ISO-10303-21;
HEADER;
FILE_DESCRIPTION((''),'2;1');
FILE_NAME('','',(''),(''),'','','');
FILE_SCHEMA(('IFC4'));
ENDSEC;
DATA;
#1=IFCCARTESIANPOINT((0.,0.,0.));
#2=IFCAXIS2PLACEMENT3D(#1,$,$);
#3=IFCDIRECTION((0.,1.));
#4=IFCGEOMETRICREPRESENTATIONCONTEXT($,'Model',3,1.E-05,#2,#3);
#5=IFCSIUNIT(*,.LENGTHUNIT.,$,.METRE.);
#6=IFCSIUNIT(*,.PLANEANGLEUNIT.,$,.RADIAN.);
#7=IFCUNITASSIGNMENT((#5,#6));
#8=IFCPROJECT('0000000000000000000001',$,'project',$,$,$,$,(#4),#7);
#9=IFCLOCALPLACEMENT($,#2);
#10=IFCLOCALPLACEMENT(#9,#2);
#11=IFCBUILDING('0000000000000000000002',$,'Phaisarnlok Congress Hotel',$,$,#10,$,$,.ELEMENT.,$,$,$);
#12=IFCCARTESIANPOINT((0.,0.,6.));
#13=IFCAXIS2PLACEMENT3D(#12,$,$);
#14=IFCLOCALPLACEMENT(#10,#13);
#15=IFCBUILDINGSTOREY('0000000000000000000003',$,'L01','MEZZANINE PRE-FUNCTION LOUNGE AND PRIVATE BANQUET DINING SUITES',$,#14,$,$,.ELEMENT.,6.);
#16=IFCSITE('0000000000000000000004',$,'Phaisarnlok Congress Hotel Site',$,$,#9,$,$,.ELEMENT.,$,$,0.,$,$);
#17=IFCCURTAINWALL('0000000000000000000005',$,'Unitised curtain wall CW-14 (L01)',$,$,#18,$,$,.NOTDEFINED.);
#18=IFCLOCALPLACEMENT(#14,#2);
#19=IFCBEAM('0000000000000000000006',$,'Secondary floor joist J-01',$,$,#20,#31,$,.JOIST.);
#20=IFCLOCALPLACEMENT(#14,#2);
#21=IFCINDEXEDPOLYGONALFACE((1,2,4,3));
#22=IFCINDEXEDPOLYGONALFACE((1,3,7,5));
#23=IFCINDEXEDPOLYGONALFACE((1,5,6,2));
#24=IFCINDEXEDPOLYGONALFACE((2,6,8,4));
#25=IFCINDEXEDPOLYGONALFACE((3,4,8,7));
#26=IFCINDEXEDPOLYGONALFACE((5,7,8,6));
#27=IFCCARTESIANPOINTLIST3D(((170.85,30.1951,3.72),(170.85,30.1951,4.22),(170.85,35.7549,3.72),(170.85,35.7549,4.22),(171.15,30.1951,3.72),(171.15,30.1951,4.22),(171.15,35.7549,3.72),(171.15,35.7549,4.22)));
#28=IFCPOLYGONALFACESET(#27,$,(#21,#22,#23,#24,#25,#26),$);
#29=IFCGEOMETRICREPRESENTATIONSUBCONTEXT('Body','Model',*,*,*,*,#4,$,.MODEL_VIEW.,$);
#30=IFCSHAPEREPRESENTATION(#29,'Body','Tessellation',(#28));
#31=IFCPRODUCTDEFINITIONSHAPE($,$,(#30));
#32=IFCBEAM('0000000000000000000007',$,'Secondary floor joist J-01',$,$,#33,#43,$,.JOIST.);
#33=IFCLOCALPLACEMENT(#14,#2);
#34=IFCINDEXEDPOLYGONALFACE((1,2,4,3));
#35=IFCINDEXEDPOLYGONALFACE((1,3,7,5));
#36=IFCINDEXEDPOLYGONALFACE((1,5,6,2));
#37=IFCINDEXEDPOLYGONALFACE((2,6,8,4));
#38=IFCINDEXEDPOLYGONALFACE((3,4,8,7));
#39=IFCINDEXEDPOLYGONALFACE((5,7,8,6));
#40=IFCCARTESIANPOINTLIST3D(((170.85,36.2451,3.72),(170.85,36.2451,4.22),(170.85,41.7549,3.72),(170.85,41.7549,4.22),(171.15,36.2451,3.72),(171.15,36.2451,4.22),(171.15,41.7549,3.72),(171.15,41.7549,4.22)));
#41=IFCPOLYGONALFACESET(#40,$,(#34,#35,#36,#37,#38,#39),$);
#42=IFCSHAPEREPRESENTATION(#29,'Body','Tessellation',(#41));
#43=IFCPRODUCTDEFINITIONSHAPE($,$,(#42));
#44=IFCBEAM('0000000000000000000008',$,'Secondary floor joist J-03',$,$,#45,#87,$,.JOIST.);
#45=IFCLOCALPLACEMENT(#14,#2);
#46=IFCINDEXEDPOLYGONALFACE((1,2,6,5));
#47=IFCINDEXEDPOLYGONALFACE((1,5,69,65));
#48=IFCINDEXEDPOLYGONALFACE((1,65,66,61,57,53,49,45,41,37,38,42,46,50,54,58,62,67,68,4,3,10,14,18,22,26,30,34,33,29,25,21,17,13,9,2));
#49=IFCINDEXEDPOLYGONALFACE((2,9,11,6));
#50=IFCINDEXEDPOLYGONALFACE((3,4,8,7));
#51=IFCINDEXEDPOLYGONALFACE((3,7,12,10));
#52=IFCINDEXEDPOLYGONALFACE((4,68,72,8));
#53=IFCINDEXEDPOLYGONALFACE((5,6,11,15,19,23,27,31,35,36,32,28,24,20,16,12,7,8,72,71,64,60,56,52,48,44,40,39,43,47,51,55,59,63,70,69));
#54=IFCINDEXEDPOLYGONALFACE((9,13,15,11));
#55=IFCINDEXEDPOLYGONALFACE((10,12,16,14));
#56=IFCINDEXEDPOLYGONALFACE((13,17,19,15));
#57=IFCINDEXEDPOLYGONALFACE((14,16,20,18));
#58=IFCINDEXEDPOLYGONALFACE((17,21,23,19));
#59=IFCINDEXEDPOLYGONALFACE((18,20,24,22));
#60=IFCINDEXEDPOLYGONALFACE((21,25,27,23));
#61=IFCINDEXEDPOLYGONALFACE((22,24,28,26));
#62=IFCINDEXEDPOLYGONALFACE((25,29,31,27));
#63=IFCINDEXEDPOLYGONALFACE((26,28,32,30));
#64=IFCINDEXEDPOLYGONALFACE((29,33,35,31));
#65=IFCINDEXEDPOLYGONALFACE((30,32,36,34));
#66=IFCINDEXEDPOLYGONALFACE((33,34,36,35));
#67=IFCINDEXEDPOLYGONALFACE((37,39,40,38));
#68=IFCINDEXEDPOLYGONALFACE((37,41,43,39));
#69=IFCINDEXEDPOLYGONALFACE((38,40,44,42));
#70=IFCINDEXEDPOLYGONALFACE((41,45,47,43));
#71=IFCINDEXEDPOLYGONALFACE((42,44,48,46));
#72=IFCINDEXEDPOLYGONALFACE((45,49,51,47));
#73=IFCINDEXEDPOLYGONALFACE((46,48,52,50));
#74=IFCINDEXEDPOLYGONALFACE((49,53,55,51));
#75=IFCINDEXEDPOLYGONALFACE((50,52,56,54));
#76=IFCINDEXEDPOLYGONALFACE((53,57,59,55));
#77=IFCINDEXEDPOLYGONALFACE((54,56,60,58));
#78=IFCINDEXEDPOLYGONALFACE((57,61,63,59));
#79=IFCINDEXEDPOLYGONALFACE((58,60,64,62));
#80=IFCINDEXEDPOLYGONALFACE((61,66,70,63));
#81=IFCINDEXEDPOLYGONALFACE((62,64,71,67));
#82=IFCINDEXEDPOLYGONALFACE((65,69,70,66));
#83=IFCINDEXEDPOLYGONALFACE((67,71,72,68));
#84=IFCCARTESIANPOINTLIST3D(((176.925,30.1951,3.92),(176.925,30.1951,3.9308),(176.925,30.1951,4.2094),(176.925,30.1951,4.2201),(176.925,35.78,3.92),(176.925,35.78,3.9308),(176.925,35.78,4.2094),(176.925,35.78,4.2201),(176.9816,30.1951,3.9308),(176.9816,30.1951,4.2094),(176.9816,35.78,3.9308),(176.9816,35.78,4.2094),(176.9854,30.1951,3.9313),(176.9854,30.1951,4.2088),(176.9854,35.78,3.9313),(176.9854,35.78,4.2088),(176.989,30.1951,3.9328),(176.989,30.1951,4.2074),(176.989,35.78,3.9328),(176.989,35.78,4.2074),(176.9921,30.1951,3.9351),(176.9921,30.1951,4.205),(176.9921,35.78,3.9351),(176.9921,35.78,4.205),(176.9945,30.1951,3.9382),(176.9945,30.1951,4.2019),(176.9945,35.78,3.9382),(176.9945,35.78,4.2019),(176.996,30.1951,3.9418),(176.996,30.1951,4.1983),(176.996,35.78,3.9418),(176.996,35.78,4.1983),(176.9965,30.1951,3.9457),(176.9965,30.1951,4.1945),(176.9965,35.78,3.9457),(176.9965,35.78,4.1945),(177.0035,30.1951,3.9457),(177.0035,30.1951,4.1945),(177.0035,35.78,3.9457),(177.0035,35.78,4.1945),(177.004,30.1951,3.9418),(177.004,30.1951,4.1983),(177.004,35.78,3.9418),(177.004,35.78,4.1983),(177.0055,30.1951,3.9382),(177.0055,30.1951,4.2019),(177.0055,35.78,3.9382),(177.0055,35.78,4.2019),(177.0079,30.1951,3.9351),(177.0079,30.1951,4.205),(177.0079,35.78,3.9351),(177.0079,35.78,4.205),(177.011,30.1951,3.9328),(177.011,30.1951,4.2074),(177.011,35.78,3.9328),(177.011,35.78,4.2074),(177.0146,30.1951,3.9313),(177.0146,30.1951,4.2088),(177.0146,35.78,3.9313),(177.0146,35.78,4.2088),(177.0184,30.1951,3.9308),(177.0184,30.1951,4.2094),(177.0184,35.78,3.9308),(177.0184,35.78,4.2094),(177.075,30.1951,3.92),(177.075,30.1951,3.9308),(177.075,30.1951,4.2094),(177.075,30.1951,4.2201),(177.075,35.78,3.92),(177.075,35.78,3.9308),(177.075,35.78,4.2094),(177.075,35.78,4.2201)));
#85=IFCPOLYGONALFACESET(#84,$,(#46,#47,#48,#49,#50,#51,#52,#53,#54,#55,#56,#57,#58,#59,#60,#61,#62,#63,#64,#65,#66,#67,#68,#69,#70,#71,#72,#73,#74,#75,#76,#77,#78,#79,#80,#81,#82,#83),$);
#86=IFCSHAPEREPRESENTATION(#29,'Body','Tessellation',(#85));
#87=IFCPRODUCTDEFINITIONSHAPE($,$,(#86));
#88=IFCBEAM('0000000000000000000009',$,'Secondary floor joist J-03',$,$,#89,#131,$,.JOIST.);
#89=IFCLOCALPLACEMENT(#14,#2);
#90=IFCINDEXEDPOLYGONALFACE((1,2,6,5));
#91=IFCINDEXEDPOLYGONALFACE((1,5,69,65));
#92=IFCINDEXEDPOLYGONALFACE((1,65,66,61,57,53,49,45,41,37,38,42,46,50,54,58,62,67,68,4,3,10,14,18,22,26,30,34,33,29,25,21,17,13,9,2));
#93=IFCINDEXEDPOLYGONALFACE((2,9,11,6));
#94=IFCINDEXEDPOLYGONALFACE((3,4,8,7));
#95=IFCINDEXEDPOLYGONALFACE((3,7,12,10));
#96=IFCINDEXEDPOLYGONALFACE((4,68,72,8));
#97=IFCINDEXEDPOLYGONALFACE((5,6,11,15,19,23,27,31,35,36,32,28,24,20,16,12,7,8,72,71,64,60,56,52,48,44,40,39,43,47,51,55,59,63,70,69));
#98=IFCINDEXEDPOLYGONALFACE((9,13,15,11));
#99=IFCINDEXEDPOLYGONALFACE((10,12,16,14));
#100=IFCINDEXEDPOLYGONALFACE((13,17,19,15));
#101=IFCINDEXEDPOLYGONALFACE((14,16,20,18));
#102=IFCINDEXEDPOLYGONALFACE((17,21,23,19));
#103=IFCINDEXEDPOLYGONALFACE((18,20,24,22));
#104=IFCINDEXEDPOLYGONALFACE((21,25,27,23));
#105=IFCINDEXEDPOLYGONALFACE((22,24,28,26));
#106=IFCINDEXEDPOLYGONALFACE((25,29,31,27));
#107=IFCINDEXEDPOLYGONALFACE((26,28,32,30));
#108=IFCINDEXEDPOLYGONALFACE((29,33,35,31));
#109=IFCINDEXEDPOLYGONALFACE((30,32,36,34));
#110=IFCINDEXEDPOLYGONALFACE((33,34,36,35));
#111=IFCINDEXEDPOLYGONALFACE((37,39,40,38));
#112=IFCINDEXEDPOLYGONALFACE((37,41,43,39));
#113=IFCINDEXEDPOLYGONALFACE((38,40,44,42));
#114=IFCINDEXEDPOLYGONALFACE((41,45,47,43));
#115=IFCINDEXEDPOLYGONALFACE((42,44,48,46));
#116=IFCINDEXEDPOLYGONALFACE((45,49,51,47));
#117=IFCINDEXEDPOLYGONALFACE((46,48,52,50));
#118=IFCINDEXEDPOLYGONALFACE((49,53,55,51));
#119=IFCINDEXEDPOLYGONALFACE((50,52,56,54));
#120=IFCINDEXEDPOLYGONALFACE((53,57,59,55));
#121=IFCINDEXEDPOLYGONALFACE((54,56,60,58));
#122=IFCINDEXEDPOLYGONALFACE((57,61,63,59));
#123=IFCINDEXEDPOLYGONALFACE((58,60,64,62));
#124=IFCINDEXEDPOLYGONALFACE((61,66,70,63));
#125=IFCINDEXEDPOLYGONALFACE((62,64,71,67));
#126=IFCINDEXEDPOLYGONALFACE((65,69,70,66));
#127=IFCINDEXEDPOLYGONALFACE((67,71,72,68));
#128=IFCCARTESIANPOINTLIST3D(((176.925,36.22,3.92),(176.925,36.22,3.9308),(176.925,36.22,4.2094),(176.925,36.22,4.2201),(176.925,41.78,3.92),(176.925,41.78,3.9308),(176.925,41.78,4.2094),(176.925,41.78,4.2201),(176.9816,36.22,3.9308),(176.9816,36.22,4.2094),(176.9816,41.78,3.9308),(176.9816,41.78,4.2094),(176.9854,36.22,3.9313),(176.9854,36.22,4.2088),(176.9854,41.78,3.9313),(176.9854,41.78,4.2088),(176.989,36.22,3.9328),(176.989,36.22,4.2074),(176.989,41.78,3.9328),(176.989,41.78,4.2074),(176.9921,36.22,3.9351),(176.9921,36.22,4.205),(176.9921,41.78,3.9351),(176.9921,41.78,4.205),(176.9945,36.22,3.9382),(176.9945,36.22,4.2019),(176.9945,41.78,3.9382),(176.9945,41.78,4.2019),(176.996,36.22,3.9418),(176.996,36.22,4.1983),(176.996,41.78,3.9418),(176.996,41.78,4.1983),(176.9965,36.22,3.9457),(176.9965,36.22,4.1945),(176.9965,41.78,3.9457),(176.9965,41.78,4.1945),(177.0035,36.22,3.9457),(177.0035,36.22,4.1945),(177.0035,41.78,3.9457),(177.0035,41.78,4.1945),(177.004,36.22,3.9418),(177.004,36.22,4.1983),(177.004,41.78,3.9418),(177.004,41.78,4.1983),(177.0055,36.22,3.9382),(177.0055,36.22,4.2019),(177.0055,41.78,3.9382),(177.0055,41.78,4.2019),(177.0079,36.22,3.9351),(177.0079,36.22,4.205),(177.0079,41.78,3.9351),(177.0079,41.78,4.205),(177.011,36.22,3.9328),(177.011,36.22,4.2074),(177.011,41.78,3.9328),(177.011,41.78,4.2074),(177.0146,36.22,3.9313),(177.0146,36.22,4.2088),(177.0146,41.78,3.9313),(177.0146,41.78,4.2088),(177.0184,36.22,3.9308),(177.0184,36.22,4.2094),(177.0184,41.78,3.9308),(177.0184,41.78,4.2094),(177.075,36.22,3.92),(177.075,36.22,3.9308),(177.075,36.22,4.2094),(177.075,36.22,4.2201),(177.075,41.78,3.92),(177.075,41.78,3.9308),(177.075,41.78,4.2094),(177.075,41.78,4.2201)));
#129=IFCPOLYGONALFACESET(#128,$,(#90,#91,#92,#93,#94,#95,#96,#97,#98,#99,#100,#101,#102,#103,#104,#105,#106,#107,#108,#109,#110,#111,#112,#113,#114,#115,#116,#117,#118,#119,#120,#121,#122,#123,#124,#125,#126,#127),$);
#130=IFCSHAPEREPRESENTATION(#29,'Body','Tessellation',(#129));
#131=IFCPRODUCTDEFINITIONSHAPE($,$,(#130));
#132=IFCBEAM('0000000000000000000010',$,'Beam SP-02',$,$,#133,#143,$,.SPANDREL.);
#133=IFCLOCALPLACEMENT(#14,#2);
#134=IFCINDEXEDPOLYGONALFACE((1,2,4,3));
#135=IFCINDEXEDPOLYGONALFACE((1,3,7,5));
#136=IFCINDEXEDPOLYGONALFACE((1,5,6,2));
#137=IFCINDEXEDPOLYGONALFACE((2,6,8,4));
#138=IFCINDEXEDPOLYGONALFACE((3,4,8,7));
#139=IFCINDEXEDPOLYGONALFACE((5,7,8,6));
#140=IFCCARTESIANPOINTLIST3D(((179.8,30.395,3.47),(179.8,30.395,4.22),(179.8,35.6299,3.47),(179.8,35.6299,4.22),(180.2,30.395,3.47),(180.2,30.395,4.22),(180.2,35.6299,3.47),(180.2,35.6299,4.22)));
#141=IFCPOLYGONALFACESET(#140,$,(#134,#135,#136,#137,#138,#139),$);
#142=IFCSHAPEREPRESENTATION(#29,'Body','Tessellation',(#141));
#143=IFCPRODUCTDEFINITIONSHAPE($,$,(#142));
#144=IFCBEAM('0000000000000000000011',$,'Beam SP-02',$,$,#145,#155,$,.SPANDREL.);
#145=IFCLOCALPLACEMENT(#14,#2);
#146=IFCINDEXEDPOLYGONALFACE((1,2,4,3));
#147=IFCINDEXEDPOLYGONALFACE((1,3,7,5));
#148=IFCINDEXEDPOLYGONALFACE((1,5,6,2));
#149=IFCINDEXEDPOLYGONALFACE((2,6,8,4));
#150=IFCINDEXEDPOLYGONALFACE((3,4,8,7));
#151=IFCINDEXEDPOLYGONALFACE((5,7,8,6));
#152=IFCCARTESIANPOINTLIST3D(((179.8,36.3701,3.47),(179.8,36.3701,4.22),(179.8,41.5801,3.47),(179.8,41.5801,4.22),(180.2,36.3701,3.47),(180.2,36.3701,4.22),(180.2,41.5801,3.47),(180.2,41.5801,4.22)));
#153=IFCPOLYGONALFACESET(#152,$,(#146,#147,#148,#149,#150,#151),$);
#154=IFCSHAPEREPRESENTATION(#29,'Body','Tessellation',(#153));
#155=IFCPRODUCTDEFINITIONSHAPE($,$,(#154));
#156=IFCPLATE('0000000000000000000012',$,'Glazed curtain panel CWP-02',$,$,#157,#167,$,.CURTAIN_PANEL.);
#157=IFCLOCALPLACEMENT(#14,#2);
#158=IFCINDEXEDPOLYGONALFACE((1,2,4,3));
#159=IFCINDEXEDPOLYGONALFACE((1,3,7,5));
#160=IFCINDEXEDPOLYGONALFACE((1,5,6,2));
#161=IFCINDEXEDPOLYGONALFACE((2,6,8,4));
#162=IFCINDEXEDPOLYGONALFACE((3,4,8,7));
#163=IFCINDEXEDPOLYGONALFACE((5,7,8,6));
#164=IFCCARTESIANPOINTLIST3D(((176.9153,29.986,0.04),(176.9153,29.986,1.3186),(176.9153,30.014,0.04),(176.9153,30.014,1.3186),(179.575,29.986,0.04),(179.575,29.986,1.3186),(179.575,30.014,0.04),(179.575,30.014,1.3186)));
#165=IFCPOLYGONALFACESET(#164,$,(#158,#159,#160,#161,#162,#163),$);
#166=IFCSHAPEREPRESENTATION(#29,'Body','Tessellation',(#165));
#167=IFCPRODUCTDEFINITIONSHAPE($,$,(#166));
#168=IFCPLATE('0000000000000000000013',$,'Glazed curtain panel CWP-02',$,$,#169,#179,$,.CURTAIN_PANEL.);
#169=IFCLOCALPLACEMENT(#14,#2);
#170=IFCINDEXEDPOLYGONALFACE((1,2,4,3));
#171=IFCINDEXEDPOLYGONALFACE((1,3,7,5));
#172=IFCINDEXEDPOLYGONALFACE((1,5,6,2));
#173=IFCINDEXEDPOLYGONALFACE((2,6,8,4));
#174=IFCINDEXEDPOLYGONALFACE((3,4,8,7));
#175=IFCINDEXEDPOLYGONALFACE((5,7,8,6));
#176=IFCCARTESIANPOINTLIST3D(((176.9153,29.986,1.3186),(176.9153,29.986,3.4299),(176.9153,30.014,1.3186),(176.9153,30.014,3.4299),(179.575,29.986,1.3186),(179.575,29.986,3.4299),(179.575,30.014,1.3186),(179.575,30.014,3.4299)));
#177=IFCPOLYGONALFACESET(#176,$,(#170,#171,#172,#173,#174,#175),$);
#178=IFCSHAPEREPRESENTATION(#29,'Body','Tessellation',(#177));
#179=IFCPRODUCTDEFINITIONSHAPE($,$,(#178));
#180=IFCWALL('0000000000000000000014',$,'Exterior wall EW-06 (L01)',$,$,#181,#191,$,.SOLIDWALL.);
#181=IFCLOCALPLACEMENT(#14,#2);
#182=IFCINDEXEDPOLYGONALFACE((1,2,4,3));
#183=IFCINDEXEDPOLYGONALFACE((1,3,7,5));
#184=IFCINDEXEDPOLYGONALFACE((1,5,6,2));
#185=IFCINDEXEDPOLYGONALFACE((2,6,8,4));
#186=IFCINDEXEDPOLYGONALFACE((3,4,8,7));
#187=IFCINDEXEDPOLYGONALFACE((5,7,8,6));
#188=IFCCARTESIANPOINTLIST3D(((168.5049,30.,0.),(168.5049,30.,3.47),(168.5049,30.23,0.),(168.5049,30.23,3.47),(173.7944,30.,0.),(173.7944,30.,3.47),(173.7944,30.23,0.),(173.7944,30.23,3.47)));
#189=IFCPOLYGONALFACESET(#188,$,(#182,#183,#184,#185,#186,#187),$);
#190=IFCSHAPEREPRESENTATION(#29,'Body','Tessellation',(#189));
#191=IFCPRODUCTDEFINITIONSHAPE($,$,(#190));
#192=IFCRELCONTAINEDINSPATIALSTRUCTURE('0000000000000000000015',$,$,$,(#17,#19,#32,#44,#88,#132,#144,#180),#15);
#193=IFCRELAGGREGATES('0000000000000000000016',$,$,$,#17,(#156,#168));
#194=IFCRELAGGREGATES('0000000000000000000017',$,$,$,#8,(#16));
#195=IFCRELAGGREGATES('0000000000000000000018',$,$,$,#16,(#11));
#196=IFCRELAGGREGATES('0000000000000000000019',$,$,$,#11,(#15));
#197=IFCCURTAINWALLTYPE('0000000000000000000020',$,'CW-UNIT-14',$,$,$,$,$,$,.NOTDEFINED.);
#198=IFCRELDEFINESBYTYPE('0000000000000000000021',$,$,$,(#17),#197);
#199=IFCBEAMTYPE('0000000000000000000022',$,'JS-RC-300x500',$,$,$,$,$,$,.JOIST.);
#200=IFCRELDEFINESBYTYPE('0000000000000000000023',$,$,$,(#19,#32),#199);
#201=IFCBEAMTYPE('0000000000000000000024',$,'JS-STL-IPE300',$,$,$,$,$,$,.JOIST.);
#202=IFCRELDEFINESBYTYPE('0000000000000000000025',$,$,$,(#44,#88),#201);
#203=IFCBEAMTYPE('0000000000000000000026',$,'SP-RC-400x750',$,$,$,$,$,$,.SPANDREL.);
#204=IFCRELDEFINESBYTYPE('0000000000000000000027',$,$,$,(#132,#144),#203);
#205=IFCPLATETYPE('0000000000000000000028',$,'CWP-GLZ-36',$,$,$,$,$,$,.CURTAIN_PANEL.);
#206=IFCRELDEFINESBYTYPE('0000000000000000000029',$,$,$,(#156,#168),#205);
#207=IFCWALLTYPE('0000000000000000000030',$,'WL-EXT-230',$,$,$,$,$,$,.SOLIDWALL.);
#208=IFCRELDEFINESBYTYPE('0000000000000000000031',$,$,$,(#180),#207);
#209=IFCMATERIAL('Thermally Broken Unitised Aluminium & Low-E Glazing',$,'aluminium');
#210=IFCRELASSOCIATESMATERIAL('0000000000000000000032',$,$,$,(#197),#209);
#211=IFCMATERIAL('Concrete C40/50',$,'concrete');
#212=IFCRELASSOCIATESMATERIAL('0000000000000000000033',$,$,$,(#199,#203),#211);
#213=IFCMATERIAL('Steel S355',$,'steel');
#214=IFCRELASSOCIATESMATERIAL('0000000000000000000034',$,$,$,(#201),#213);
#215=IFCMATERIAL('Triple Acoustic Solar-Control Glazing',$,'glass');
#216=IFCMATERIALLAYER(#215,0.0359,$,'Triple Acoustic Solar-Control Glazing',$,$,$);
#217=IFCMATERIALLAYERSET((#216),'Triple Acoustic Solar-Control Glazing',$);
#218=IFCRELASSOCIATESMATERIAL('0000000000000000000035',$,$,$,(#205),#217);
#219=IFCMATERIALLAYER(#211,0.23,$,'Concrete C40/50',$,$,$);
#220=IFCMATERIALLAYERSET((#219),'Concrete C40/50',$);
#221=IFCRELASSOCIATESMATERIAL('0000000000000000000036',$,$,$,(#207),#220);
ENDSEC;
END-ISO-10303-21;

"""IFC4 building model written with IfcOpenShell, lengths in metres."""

from ifc_helpers import new_model, si_unit, direction, frame, frame_2d, origin, origin_2d, place, context, subcontext, project, spatial, rectangle, i_section, extrude, material, layer, layer_set, material_profile, profile_set, type_object, element, aggregate, save


model = new_model("IFC4")

# Units and contexts
model_context = context("Model", 3, precision=1e-05, world=origin(), true_north=direction((0.0, 1.0)))
body_context = subcontext(model_context, "Body", "Model", "MODEL_VIEW")
ifc_project = project(units=[si_unit("LENGTHUNIT", "METRE"), si_unit("PLANEANGLEUNIT", "RADIAN")], contexts=[model_context])

# Site, building, storey
site_placement = place(None, origin())
site = spatial("IfcSite", under=ifc_project, at=site_placement, Name="Phaisarnlok Congress Hotel Site", CompositionType="ELEMENT", RefElevation=0.0)
building_placement = place(site_placement, origin())
building = spatial("IfcBuilding", under=site, at=building_placement, Name="Phaisarnlok Congress Hotel", CompositionType="ELEMENT")
storey_placement = place(building_placement, frame((0.0, 0.0, 6.0)))
storey = spatial("IfcBuildingStorey", under=building, at=storey_placement, Name="L01", Description="MEZZANINE PRE-FUNCTION LOUNGE AND PRIVATE BANQUET DINING SUITES", CompositionType="ELEMENT", Elevation=6.0)

# Shared definitions
ifc_material_1 = material(Name="Steel S355", Category="steel")

# Shared definitions
ifc_material_2 = material(Name="Concrete C40/50", Category="concrete")

# Curtain wall
ifc_material_3 = material(Name="Thermally Broken Unitised Aluminium & Low-E Glazing", Category="aluminium")
curtain_wall_type = type_object("IfcCurtainWallType", Name="CW-UNIT-14", PredefinedType="NOTDEFINED", material=ifc_material_3)
curtain_wall_placement = place(storey_placement, origin())
curtain_wall = element("IfcCurtainWall", 1, at=curtain_wall_placement, inside=storey, type_object=curtain_wall_type, Name="Unitised curtain wall CW-14 (L01)", PredefinedType="NOTDEFINED")

# Beams
ifc_material_profile_1 = material_profile(ifc_material_2, rectangle(XDim=0.3, YDim=0.5, at=origin_2d()), Name="RC 300x500")
ifc_profile_set_1 = profile_set([ifc_material_profile_1], Name="Concrete C40/50")
beam_type_1 = type_object("IfcBeamType", Name="JS-RC-300x500", PredefinedType="JOIST", material=ifc_profile_set_1)
beam_1_placement = place(storey_placement, frame((171.0, 30.1951, 3.97), z_axis=(0.0, 1.0, 0.0), x_axis=(-1.0, 0.0, 0.0)))
element("IfcBeam", 2, at=beam_1_placement, inside=storey, type_object=beam_type_1, Name="Secondary floor joist J-01", PredefinedType="JOIST", context=body_context, shape_type="SweptSolid", body=[
    extrude(rectangle(XDim=0.3, YDim=0.5, at=origin_2d()), origin(), (0.0, 0.0, 1.0), 5.5598),
])
beam_2_placement = place(storey_placement, frame((171.0, 36.2451, 3.97), z_axis=(0.0, 1.0, 0.0), x_axis=(-1.0, 0.0, 0.0)))
element("IfcBeam", 3, at=beam_2_placement, inside=storey, type_object=beam_type_1, Name="Secondary floor joist J-01", PredefinedType="JOIST", context=body_context, shape_type="SweptSolid", body=[
    extrude(rectangle(XDim=0.3, YDim=0.5, at=origin_2d()), origin(), (0.0, 0.0, 1.0), 5.5098),
])
ifc_material_profile_2 = material_profile(ifc_material_1, i_section(OverallWidth=0.1499, OverallDepth=0.3, WebThickness=0.0071, FlangeThickness=0.0107, FilletRadius=0.0149, at=origin_2d()), Name="IPE 300")
ifc_profile_set_2 = profile_set([ifc_material_profile_2], Name="Steel S355")
beam_type_2 = type_object("IfcBeamType", Name="JS-STL-IPE300", PredefinedType="JOIST", material=ifc_profile_set_2)
beam_3_placement = place(storey_placement, frame((177.0, 30.1951, 4.0701), z_axis=(0.0, 1.0, 0.0), x_axis=(-1.0, 0.0, 0.0)))
element("IfcBeam", 4, at=beam_3_placement, inside=storey, type_object=beam_type_2, Name="Secondary floor joist J-03", PredefinedType="JOIST", context=body_context, shape_type="SweptSolid", body=[
    extrude(i_section(OverallWidth=0.1499, OverallDepth=0.3, WebThickness=0.0071, FlangeThickness=0.0107, FilletRadius=0.0149, at=origin_2d()), origin(), (0.0, 0.0, 1.0), 5.585),
])
beam_4_placement = place(storey_placement, frame((177.0, 36.22, 4.0701), z_axis=(0.0, 1.0, 0.0), x_axis=(-1.0, 0.0, 0.0)))
element("IfcBeam", 5, at=beam_4_placement, inside=storey, type_object=beam_type_2, Name="Secondary floor joist J-03", PredefinedType="JOIST", context=body_context, shape_type="SweptSolid", body=[
    extrude(i_section(OverallWidth=0.1499, OverallDepth=0.3, WebThickness=0.0071, FlangeThickness=0.0107, FilletRadius=0.0149, at=origin_2d()), origin(), (0.0, 0.0, 1.0), 5.5601),
])
ifc_material_profile_3 = material_profile(ifc_material_2, rectangle(XDim=0.3999, YDim=0.75, at=origin_2d()), Name="RC 400x750")
ifc_profile_set_3 = profile_set([ifc_material_profile_3], Name="Concrete C40/50")
beam_type_3 = type_object("IfcBeamType", Name="SP-RC-400x750", PredefinedType="SPANDREL", material=ifc_profile_set_3)
beam_5_placement = place(storey_placement, frame((180.0, 30.395, 3.845), z_axis=(0.0, 1.0, 0.0), x_axis=(-1.0, 0.0, 0.0)))
element("IfcBeam", 6, at=beam_5_placement, inside=storey, type_object=beam_type_3, Name="Beam SP-02", PredefinedType="SPANDREL", context=body_context, shape_type="SweptSolid", body=[
    extrude(rectangle(XDim=0.3999, YDim=0.75, at=origin_2d()), origin(), (0.0, 0.0, 1.0), 5.2349),
])
beam_6_placement = place(storey_placement, frame((180.0, 36.3701, 3.845), z_axis=(0.0, 1.0, 0.0), x_axis=(-1.0, 0.0, 0.0)))
element("IfcBeam", 7, at=beam_6_placement, inside=storey, type_object=beam_type_3, Name="Beam SP-02", PredefinedType="SPANDREL", context=body_context, shape_type="SweptSolid", body=[
    extrude(rectangle(XDim=0.3999, YDim=0.75, at=origin_2d()), origin(), (0.0, 0.0, 1.0), 5.21),
])

# Plates
ifc_material_4 = material(Name="Triple Acoustic Solar-Control Glazing", Category="glass")
ifc_layer_1 = layer(ifc_material_4, 0.0359, Name="Triple Acoustic Solar-Control Glazing")
ifc_layer_set_1 = layer_set([ifc_layer_1], Name="Triple Acoustic Solar-Control Glazing")
plate_type = type_object("IfcPlateType", Name="CWP-GLZ-36", PredefinedType="CURTAIN_PANEL", material=ifc_layer_set_1)
plate_1_placement = place(storey_placement, frame((176.9153, 30.0, 0.04), z_axis=(0.0, 0.0, 1.0), x_axis=(1.0, 0.0, 0.0)))
plate_1 = element("IfcPlate", 8, at=plate_1_placement, type_object=plate_type, Name="Glazed curtain panel CWP-02", PredefinedType="CURTAIN_PANEL", context=body_context, shape_type="SweptSolid", body=[
    extrude(rectangle(XDim=2.6597, YDim=0.0281, at=frame_2d((1.3298, 0.0))), origin(), (0.0, 0.0, 1.0), 1.2786),
])
plate_2_placement = place(storey_placement, frame((176.9153, 30.0, 1.3186), z_axis=(0.0, 0.0, 1.0), x_axis=(1.0, 0.0, 0.0)))
plate_2 = element("IfcPlate", 9, at=plate_2_placement, type_object=plate_type, Name="Glazed curtain panel CWP-02", PredefinedType="CURTAIN_PANEL", context=body_context, shape_type="SweptSolid", body=[
    extrude(rectangle(XDim=2.6597, YDim=0.0281, at=frame_2d((1.3298, 0.0))), origin(), (0.0, 0.0, 1.0), 2.1113),
])
aggregate(curtain_wall, [plate_1, plate_2])

# Wall
ifc_layer_2 = layer(ifc_material_2, 0.23, Name="Concrete C40/50")
ifc_layer_set_2 = layer_set([ifc_layer_2], Name="Concrete C40/50")
wall_type_1 = type_object("IfcWallType", Name="WL-EXT-230", PredefinedType="SOLIDWALL", material=ifc_layer_set_2)
wall_1_placement = place(storey_placement, frame((168.5049, 30.115, 0.0), z_axis=(0.0, 0.0, 1.0), x_axis=(1.0, 0.0, 0.0)))
element("IfcWall", 10, at=wall_1_placement, inside=storey, type_object=wall_type_1, Name="Exterior wall EW-06 (L01)", PredefinedType="SOLIDWALL", context=body_context, shape_type="SweptSolid", body=[
    extrude(rectangle(XDim=5.2896, YDim=0.23, at=frame_2d((2.6448, 0.0))), origin(), (0.0, 0.0, 1.0), 3.47),
])

save(model, "model.ifc")
